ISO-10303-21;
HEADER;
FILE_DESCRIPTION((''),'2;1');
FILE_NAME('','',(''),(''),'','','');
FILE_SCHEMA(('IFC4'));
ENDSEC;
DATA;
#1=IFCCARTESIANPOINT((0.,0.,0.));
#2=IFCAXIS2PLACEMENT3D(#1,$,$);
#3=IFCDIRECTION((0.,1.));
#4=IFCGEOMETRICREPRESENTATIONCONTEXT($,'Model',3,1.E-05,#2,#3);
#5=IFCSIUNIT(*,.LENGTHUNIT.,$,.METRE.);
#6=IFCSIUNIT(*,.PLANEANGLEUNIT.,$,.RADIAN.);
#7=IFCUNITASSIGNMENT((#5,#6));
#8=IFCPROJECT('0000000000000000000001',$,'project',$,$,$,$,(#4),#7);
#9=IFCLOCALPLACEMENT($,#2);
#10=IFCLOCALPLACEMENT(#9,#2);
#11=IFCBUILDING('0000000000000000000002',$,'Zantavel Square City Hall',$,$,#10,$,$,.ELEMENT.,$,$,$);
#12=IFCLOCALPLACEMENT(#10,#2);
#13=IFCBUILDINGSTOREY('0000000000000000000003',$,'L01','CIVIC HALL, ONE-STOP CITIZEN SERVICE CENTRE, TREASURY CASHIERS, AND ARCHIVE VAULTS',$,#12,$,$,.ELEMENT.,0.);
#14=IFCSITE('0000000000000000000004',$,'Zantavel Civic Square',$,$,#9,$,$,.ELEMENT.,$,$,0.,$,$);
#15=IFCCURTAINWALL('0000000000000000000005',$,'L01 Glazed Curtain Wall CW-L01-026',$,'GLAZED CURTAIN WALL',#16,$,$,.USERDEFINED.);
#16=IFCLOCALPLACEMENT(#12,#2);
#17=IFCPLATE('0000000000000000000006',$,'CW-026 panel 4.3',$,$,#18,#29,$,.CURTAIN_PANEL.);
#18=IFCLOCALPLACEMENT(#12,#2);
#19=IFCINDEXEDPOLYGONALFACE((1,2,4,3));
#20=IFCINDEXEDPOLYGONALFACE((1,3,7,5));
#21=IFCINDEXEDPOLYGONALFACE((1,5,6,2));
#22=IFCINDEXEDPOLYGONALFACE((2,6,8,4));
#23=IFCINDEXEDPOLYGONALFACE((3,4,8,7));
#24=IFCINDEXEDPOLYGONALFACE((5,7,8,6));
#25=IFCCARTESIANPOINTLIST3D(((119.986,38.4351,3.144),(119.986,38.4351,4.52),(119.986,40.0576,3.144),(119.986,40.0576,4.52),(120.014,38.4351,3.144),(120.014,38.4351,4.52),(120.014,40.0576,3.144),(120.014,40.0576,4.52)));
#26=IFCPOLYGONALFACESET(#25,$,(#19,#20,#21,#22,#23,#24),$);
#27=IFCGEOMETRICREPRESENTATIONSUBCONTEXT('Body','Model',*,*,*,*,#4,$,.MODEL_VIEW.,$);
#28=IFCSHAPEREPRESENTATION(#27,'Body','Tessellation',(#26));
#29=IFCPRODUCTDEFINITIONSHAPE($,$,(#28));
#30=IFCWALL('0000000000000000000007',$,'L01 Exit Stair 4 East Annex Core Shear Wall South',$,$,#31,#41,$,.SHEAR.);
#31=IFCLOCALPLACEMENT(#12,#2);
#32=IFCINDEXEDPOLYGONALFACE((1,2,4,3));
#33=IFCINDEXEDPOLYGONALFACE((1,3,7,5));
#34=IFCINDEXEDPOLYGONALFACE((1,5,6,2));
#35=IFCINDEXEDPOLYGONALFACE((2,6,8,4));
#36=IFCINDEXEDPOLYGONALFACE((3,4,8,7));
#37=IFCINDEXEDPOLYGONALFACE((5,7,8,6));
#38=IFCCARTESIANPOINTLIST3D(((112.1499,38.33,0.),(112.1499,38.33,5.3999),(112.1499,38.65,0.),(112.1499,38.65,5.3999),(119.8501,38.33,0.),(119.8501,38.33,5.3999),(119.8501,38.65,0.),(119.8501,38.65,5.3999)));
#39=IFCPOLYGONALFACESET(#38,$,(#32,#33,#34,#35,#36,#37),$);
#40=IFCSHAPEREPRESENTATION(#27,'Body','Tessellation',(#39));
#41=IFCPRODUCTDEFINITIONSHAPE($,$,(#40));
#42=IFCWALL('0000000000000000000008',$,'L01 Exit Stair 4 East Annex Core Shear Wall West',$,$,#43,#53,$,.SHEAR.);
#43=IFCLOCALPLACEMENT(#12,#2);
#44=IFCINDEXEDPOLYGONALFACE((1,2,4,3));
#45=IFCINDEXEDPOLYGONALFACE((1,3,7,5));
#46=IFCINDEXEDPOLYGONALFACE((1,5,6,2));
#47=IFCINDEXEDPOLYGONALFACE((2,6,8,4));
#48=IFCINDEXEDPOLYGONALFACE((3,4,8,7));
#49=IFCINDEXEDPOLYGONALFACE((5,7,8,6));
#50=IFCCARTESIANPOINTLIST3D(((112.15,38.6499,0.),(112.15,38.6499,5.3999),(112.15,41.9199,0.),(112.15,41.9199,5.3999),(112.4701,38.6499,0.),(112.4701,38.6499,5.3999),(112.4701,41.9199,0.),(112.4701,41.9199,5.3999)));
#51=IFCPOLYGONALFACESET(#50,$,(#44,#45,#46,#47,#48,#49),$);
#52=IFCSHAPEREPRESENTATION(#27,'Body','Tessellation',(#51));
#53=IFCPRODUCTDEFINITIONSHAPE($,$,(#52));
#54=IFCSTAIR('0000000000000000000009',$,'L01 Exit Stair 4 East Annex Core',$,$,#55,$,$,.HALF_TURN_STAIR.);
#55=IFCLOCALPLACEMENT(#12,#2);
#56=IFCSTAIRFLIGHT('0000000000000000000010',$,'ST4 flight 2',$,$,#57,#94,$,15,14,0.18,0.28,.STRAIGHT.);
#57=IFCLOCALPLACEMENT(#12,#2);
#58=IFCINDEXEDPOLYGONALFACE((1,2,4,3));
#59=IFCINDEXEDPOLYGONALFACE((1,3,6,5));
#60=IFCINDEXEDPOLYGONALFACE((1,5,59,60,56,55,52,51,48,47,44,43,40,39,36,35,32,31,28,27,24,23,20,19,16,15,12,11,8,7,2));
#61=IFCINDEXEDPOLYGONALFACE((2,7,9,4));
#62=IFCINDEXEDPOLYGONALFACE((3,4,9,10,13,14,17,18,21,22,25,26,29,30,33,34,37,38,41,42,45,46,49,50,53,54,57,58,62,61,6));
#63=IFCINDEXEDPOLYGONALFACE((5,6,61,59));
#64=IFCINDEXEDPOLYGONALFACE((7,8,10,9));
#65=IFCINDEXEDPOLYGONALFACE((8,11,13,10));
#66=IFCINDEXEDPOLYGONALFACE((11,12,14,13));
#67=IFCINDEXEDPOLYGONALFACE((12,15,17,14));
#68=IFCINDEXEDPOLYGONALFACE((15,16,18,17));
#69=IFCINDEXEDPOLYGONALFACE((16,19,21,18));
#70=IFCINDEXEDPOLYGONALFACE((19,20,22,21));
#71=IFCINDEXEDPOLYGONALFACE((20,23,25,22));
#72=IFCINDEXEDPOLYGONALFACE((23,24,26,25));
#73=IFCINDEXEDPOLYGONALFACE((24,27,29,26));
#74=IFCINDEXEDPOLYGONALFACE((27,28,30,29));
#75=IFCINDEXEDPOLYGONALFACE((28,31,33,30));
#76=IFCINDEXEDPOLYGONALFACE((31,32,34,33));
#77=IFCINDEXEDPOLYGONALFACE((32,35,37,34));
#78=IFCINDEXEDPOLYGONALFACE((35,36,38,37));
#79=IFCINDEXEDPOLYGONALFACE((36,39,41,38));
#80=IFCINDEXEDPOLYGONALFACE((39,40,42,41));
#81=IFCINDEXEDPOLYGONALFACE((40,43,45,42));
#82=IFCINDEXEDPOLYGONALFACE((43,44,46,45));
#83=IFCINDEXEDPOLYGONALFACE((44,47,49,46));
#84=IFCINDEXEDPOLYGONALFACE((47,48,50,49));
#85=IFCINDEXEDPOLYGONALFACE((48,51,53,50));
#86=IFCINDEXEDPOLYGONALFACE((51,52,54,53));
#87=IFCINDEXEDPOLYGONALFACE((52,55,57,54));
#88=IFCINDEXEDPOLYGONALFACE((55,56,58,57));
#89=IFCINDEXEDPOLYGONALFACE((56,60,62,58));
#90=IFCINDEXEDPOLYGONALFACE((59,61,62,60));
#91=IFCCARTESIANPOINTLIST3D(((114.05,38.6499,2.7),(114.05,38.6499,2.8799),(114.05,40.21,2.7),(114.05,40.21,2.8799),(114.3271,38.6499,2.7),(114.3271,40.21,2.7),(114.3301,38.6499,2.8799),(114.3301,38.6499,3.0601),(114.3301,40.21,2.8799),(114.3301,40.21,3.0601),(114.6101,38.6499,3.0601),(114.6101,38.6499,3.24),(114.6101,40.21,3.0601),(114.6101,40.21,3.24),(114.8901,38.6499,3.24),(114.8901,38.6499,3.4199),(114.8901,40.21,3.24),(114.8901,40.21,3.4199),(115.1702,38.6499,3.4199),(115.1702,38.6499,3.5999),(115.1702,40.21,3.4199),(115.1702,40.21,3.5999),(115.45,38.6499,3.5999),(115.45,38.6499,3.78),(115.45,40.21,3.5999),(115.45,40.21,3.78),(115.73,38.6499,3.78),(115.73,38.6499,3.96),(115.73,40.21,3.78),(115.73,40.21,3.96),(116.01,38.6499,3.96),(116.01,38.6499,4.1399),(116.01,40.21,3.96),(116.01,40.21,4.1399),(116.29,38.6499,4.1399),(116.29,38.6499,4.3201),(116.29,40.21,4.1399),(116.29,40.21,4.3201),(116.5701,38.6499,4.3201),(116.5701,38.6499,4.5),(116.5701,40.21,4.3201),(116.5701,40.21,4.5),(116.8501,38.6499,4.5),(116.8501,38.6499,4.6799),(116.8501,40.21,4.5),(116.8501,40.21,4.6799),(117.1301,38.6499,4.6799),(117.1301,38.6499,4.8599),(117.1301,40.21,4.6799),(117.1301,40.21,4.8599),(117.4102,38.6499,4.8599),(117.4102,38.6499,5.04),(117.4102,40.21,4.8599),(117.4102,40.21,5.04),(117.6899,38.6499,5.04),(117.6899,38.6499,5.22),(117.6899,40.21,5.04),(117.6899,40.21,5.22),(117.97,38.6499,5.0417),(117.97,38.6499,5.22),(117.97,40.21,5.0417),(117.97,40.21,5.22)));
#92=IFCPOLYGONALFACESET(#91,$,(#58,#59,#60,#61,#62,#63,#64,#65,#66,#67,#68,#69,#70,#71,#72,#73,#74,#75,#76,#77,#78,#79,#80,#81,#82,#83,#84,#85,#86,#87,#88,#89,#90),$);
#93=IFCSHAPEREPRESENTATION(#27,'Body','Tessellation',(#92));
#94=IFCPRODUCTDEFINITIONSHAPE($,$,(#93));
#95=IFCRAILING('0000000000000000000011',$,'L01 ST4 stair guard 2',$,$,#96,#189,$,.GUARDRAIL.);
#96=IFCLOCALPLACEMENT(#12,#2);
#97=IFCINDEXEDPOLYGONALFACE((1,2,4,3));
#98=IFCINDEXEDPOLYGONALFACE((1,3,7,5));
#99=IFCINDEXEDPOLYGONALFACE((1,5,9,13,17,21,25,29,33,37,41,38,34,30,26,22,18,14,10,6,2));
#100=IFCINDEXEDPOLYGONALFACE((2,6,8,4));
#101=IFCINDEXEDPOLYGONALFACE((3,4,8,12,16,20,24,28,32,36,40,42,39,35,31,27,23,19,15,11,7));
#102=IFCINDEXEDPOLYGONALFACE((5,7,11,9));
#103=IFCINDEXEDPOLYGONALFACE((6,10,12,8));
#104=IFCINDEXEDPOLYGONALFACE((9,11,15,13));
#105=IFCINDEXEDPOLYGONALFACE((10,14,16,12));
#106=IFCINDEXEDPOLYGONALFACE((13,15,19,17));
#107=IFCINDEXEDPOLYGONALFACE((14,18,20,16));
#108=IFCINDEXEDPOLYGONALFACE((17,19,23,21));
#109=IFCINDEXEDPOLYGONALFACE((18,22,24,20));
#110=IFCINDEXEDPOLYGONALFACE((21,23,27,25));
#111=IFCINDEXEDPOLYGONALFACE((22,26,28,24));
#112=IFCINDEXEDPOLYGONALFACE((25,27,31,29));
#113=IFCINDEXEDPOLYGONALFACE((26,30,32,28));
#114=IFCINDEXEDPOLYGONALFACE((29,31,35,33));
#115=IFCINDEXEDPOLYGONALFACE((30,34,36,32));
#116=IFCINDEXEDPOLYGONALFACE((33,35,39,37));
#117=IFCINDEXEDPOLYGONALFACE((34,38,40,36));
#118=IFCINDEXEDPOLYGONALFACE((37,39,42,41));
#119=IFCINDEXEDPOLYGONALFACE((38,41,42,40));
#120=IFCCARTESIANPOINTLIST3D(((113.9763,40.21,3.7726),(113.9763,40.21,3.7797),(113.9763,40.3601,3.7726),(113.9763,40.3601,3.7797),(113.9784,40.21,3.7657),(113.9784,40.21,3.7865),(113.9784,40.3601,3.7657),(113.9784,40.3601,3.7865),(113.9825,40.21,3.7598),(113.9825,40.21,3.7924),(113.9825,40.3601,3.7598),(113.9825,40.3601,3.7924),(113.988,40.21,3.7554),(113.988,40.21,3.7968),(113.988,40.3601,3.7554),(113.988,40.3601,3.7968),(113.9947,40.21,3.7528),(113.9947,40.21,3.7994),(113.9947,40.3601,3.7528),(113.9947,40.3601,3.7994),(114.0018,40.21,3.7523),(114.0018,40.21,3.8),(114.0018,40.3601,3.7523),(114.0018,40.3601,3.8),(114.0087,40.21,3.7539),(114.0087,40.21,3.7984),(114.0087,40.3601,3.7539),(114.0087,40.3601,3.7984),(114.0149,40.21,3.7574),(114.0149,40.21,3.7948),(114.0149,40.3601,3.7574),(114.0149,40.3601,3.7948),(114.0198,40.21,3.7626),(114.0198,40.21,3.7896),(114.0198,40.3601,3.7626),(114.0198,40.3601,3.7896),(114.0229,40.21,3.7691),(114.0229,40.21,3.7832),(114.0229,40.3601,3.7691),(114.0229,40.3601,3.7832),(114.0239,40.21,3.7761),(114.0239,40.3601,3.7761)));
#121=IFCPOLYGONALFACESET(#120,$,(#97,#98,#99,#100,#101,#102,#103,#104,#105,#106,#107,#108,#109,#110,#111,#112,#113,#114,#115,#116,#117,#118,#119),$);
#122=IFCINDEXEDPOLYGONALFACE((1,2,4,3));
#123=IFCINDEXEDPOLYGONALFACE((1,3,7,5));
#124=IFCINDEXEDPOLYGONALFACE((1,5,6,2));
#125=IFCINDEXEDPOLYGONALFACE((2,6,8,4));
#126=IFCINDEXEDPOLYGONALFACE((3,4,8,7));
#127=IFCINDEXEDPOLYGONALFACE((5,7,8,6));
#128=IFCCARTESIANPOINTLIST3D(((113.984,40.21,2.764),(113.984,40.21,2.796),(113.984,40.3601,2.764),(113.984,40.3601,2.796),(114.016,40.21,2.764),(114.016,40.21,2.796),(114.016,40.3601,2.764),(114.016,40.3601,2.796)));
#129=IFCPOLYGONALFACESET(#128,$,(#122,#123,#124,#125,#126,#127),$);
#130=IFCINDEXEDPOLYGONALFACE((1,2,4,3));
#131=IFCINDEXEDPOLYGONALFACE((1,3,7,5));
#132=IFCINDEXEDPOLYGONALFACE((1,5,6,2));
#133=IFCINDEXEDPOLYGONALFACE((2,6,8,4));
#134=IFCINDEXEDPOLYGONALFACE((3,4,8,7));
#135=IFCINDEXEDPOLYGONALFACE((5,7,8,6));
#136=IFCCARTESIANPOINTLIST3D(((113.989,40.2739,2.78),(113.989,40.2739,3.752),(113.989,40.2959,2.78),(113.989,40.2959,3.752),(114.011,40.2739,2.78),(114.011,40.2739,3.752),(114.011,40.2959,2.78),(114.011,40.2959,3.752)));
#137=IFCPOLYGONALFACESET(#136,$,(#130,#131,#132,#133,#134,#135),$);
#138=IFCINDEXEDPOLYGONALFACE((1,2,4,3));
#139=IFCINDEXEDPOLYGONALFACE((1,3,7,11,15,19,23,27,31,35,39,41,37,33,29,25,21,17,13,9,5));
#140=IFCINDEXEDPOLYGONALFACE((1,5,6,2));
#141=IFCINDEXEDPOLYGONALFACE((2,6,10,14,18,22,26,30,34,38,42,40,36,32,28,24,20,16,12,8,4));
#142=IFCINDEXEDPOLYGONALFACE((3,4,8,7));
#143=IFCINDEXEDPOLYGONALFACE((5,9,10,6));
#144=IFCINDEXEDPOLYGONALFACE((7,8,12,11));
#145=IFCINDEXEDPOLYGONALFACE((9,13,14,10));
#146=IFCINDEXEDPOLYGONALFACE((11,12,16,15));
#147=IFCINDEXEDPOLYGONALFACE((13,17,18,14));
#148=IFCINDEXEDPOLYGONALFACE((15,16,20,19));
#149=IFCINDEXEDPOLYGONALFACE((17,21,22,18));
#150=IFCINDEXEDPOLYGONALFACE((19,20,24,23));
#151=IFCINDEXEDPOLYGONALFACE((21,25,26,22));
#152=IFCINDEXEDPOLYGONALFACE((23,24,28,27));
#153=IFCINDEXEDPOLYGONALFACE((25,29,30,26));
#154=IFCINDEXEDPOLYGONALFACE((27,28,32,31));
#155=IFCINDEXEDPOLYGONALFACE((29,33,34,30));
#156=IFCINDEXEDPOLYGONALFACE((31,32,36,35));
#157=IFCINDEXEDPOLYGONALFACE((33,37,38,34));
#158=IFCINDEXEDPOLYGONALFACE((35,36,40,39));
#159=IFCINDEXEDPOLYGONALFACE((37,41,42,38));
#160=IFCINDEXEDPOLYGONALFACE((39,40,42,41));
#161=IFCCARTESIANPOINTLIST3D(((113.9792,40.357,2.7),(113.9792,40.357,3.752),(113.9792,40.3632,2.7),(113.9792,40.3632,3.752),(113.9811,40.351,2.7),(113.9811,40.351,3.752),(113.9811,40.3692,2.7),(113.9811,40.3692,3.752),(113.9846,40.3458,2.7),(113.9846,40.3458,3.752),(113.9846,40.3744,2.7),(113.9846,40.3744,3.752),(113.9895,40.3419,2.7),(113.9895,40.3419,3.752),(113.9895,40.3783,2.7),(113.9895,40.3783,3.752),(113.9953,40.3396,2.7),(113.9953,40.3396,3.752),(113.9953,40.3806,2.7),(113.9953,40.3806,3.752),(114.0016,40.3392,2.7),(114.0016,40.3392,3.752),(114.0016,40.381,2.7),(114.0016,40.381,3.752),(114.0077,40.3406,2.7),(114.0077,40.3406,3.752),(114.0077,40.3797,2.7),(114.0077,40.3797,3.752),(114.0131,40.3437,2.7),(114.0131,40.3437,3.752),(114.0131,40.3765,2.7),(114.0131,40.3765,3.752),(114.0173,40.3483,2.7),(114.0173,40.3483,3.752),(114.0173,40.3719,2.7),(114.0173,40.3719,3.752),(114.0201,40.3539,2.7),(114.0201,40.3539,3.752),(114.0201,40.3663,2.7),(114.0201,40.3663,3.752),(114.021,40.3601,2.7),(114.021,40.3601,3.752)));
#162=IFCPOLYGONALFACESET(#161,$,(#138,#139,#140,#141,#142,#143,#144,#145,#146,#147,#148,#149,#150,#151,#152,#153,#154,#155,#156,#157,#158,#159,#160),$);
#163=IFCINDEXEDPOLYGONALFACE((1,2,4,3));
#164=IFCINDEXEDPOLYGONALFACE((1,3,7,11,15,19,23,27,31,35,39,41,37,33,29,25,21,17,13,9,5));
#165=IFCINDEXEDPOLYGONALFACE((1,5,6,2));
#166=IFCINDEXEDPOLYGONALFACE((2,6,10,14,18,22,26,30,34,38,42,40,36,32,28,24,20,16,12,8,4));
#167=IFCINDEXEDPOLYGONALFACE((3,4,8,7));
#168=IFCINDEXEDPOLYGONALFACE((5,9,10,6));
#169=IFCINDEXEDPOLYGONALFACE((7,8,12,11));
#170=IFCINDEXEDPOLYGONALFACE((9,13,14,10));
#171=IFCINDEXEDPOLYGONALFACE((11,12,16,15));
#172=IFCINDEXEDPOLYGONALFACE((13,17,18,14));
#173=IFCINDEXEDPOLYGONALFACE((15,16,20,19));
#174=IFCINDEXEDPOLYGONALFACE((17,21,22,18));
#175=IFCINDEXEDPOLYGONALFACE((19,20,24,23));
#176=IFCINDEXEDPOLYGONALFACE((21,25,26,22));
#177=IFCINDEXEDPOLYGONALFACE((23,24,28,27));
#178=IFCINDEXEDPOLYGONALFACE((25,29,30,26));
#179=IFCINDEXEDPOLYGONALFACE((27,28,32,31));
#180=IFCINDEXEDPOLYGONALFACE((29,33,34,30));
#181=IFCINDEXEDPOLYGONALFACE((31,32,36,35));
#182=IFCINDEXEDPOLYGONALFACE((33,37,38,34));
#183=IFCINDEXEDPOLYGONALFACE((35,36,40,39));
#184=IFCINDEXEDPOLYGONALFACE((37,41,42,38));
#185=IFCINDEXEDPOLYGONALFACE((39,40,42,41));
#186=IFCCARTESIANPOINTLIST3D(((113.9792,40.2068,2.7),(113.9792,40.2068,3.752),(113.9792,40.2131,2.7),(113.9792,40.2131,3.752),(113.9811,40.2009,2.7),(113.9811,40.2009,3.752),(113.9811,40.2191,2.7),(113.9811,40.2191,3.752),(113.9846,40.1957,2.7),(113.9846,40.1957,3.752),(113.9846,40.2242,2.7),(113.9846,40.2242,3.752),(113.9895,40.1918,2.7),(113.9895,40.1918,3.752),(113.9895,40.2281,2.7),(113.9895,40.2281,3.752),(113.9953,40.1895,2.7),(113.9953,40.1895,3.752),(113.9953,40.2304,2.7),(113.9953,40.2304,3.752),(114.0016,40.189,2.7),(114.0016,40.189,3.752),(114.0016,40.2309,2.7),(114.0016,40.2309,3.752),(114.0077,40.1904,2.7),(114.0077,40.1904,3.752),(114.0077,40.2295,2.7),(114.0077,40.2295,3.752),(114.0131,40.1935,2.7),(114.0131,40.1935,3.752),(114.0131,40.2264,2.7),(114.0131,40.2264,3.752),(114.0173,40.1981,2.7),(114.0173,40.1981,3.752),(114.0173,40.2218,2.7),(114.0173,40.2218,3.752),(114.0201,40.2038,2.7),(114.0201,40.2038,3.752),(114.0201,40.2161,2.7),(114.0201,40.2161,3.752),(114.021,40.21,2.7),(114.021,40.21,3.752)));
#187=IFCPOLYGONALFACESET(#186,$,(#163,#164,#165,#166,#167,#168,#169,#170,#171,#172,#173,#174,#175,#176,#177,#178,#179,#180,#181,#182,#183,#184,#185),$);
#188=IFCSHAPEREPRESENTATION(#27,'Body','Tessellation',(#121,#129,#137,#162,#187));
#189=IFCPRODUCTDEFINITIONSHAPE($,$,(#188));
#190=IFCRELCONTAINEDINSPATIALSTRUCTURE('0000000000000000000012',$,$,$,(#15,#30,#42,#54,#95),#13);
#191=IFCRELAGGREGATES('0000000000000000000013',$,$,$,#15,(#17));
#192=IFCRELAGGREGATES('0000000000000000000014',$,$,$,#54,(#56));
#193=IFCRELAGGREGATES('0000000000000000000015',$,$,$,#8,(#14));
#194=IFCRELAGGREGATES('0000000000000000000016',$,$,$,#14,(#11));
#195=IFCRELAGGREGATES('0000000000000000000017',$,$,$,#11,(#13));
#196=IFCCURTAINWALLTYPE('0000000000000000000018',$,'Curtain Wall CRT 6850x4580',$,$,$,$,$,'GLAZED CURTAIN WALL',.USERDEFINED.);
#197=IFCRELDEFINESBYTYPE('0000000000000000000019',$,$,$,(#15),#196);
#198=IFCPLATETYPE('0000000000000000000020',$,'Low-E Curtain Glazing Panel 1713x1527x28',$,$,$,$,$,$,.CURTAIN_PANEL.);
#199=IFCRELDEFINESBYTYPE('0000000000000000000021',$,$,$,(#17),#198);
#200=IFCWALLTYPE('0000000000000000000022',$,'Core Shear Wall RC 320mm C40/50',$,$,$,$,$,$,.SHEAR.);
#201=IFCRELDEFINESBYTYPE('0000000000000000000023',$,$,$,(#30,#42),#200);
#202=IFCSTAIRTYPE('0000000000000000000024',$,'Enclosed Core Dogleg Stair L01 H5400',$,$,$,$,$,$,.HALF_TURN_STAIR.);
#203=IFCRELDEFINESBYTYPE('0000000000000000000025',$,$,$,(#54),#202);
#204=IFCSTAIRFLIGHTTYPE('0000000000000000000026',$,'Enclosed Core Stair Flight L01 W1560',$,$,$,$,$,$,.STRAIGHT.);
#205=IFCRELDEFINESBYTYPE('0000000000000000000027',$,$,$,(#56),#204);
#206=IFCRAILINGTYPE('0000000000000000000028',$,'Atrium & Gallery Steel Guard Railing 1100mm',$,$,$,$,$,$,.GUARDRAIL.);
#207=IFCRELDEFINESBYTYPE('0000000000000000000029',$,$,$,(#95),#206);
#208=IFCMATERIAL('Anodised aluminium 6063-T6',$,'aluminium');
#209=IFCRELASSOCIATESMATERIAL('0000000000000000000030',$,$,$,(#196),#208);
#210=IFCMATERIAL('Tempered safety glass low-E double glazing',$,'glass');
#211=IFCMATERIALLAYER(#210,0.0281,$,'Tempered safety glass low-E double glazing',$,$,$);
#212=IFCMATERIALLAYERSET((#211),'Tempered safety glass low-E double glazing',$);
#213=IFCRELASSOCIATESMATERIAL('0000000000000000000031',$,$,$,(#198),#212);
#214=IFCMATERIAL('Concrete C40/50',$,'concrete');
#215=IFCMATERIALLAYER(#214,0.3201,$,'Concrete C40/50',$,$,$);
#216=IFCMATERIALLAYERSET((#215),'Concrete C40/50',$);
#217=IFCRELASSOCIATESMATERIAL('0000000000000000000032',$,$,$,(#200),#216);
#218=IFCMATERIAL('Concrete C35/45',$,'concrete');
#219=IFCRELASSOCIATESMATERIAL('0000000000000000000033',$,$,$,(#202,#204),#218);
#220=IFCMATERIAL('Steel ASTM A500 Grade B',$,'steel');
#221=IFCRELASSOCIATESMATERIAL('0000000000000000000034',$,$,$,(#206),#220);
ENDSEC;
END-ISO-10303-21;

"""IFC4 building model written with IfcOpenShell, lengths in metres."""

from ifc_helpers import new_model, si_unit, direction, frame, frame_2d, origin, origin_2d, place, context, subcontext, project, spatial, polyline, rectangle, circle, outline, extrude, material, layer, layer_set, type_object, element, aggregate, save


model = new_model("IFC4")

# Units and contexts
model_context = context("Model", 3, precision=1e-05, world=origin(), true_north=direction((0.0, 1.0)))
body_context = subcontext(model_context, "Body", "Model", "MODEL_VIEW")
ifc_project = project(units=[si_unit("LENGTHUNIT", "METRE"), si_unit("PLANEANGLEUNIT", "RADIAN")], contexts=[model_context])

# Site, building, storey
site_placement = place(None, origin())
site = spatial("IfcSite", under=ifc_project, at=site_placement, Name="Zantavel Civic Square", CompositionType="ELEMENT", RefElevation=0.0)
building_placement = place(site_placement, origin())
building = spatial("IfcBuilding", under=site, at=building_placement, Name="Zantavel Square City Hall", CompositionType="ELEMENT")
storey_placement = place(building_placement, origin())
storey = spatial("IfcBuildingStorey", under=building, at=storey_placement, Name="L01", Description="CIVIC HALL, ONE-STOP CITIZEN SERVICE CENTRE, TREASURY CASHIERS, AND ARCHIVE VAULTS", CompositionType="ELEMENT", Elevation=0.0)

# Shared definitions
ifc_material_1 = material(Name="Concrete C35/45", Category="concrete")

# Curtain wall, plate
ifc_material_2 = material(Name="Anodised aluminium 6063-T6", Category="aluminium")
curtain_wall_type = type_object("IfcCurtainWallType", Name="Curtain Wall CRT 6850x4580", ElementType="GLAZED CURTAIN WALL", PredefinedType="USERDEFINED", material=ifc_material_2)
curtain_wall_placement = place(storey_placement, origin())
curtain_wall = element("IfcCurtainWall", 1, at=curtain_wall_placement, inside=storey, type_object=curtain_wall_type, Name="L01 Glazed Curtain Wall CW-L01-026", ObjectType="GLAZED CURTAIN WALL", PredefinedType="USERDEFINED")
ifc_material_3 = material(Name="Tempered safety glass low-E double glazing", Category="glass")
ifc_layer_1 = layer(ifc_material_3, 0.0281, Name="Tempered safety glass low-E double glazing")
ifc_layer_set_1 = layer_set([ifc_layer_1], Name="Tempered safety glass low-E double glazing")
plate_type = type_object("IfcPlateType", Name="Low-E Curtain Glazing Panel 1713x1527x28", PredefinedType="CURTAIN_PANEL", material=ifc_layer_set_1)
plate_1_placement = place(storey_placement, frame((120.0, 39.2463, 3.144), z_axis=(0.0, 0.0, 1.0), x_axis=(0.0, -1.0, 0.0)))
plate_1 = element("IfcPlate", 2, at=plate_1_placement, type_object=plate_type, Name="CW-026 panel 4.3", PredefinedType="CURTAIN_PANEL", context=body_context, shape_type="SweptSolid", body=[
    extrude(rectangle(XDim=1.6226, YDim=0.0281, at=origin_2d()), origin(), (0.0, 0.0, 1.0), 1.376),
])
aggregate(curtain_wall, [plate_1])

# Walls
ifc_material_4 = material(Name="Concrete C40/50", Category="concrete")
ifc_layer_2 = layer(ifc_material_4, 0.3201, Name="Concrete C40/50")
ifc_layer_set_2 = layer_set([ifc_layer_2], Name="Concrete C40/50")
wall_type = type_object("IfcWallType", Name="Core Shear Wall RC 320mm C40/50", PredefinedType="SHEAR", material=ifc_layer_set_2)
wall_1_placement = place(storey_placement, frame((119.8501, 38.49, 0.0), z_axis=(0.0, 0.0, 1.0), x_axis=(-1.0, 0.0, 0.0)))
element("IfcWall", 3, at=wall_1_placement, inside=storey, type_object=wall_type, Name="L01 Exit Stair 4 East Annex Core Shear Wall South", PredefinedType="SHEAR", context=body_context, shape_type="SweptSolid", body=[
    extrude(rectangle(XDim=7.7002, YDim=0.3201, at=frame_2d((3.8501, 0.0))), origin(), (0.0, 0.0, 1.0), 5.3999),
])
wall_2_placement = place(storey_placement, frame((112.3101, 38.6499, 0.0), z_axis=(0.0, 0.0, 1.0), x_axis=(0.0, 1.0, 0.0)))
element("IfcWall", 4, at=wall_2_placement, inside=storey, type_object=wall_type, Name="L01 Exit Stair 4 East Annex Core Shear Wall West", PredefinedType="SHEAR", context=body_context, shape_type="SweptSolid", body=[
    extrude(rectangle(XDim=3.27, YDim=0.3201, at=frame_2d((1.635, 0.0))), origin(), (0.0, 0.0, 1.0), 5.3999),
])

# Stair, stair flight
stair_type = type_object("IfcStairType", Name="Enclosed Core Dogleg Stair L01 H5400", PredefinedType="HALF_TURN_STAIR", material=ifc_material_1)
stair_placement = place(storey_placement, origin())
stair = element("IfcStair", 5, at=stair_placement, inside=storey, type_object=stair_type, Name="L01 Exit Stair 4 East Annex Core", PredefinedType="HALF_TURN_STAIR")
stair_flight_type = type_object("IfcStairFlightType", Name="Enclosed Core Stair Flight L01 W1560", PredefinedType="STRAIGHT", material=ifc_material_1)
stair_flight_placement = place(storey_placement, frame((114.05, 39.4299, 2.7), z_axis=(0.0, 0.0, 1.0), x_axis=(1.0, 0.0, 0.0)))
stair_flight = element("IfcStairFlight", 6, at=stair_flight_placement, type_object=stair_flight_type, Name="ST4 flight 2", NumberOfRisers=15, NumberOfTreads=14, PredefinedType="STRAIGHT", RiserHeight=0.18, TreadLength=0.28, context=body_context, shape_type="SweptSolid", body=[
    extrude(outline(polyline([(0.0, 0.0), (0.0, 0.1799), (0.28, 0.1799), (0.28, 0.3601), (0.5601, 0.3601), (0.5601, 0.54), (0.8401, 0.54), (0.8401, 0.72), (1.1201, 0.72), (1.1201, 0.8999), (1.3999, 0.8999), (1.3999, 1.0801), (1.6799, 1.0801), (1.6799, 1.26), (1.96, 1.26), (1.96, 1.4399), (2.24, 1.4399), (2.24, 1.6201), (2.52, 1.6201), (2.52, 1.8), (2.8, 1.8), (2.8, 1.98), (3.0801, 1.98), (3.0801, 2.1599), (3.3601, 2.1599), (3.3601, 2.3401), (3.6399, 2.3401), (3.6399, 2.52), (3.9199, 2.52), (3.9199, 2.7), (3.9199, 2.3418), (0.2771, 0.0), (0.0, 0.0)])), frame((0.0, 0.78, 0.0), z_axis=(0.0, -1.0, 0.0), x_axis=(1.0, 0.0, 0.0)), (0.0, 0.0, 1.0), 1.5601),
])
aggregate(stair, [stair_flight])

# Railing
ifc_material_5 = material(Name="Steel ASTM A500 Grade B", Category="steel")
railing_type_1 = type_object("IfcRailingType", Name="Atrium & Gallery Steel Guard Railing 1100mm", PredefinedType="GUARDRAIL", material=ifc_material_5)
railing_1_placement = place(storey_placement, frame((114.0, 40.3601, 2.7)))
element("IfcRailing", 7, at=railing_1_placement, inside=storey, type_object=railing_type_1, Name="L01 ST4 stair guard 2", PredefinedType="GUARDRAIL", context=body_context, shape_type="SweptSolid", body=[
    extrude(circle(Radius=0.0239, at=origin_2d()), frame((0.0, 0.0, 1.0762), z_axis=(0.0, -1.0, 0.0), x_axis=(1.0, 0.0, 0.0)), (0.0, 0.0, 1.0), 0.1501),
    extrude(rectangle(XDim=0.032, YDim=0.032, at=origin_2d()), frame((0.0, 0.0, 0.0801), z_axis=(0.0, -1.0, 0.0), x_axis=(1.0, 0.0, 0.0)), (0.0, 0.0, 1.0), 0.1501),
    extrude(rectangle(XDim=0.022, YDim=0.022, at=origin_2d()), frame((0.0, -0.0752, 0.0801)), (0.0, 0.0, 1.0), 0.9719),
    extrude(circle(Radius=0.021, at=origin_2d()), origin(), (0.0, 0.0, 1.0), 1.052),
    extrude(circle(Radius=0.021, at=origin_2d()), frame((0.0, -0.1501, 0.0)), (0.0, 0.0, 1.0), 1.052),
])

save(model, "model.ifc")
